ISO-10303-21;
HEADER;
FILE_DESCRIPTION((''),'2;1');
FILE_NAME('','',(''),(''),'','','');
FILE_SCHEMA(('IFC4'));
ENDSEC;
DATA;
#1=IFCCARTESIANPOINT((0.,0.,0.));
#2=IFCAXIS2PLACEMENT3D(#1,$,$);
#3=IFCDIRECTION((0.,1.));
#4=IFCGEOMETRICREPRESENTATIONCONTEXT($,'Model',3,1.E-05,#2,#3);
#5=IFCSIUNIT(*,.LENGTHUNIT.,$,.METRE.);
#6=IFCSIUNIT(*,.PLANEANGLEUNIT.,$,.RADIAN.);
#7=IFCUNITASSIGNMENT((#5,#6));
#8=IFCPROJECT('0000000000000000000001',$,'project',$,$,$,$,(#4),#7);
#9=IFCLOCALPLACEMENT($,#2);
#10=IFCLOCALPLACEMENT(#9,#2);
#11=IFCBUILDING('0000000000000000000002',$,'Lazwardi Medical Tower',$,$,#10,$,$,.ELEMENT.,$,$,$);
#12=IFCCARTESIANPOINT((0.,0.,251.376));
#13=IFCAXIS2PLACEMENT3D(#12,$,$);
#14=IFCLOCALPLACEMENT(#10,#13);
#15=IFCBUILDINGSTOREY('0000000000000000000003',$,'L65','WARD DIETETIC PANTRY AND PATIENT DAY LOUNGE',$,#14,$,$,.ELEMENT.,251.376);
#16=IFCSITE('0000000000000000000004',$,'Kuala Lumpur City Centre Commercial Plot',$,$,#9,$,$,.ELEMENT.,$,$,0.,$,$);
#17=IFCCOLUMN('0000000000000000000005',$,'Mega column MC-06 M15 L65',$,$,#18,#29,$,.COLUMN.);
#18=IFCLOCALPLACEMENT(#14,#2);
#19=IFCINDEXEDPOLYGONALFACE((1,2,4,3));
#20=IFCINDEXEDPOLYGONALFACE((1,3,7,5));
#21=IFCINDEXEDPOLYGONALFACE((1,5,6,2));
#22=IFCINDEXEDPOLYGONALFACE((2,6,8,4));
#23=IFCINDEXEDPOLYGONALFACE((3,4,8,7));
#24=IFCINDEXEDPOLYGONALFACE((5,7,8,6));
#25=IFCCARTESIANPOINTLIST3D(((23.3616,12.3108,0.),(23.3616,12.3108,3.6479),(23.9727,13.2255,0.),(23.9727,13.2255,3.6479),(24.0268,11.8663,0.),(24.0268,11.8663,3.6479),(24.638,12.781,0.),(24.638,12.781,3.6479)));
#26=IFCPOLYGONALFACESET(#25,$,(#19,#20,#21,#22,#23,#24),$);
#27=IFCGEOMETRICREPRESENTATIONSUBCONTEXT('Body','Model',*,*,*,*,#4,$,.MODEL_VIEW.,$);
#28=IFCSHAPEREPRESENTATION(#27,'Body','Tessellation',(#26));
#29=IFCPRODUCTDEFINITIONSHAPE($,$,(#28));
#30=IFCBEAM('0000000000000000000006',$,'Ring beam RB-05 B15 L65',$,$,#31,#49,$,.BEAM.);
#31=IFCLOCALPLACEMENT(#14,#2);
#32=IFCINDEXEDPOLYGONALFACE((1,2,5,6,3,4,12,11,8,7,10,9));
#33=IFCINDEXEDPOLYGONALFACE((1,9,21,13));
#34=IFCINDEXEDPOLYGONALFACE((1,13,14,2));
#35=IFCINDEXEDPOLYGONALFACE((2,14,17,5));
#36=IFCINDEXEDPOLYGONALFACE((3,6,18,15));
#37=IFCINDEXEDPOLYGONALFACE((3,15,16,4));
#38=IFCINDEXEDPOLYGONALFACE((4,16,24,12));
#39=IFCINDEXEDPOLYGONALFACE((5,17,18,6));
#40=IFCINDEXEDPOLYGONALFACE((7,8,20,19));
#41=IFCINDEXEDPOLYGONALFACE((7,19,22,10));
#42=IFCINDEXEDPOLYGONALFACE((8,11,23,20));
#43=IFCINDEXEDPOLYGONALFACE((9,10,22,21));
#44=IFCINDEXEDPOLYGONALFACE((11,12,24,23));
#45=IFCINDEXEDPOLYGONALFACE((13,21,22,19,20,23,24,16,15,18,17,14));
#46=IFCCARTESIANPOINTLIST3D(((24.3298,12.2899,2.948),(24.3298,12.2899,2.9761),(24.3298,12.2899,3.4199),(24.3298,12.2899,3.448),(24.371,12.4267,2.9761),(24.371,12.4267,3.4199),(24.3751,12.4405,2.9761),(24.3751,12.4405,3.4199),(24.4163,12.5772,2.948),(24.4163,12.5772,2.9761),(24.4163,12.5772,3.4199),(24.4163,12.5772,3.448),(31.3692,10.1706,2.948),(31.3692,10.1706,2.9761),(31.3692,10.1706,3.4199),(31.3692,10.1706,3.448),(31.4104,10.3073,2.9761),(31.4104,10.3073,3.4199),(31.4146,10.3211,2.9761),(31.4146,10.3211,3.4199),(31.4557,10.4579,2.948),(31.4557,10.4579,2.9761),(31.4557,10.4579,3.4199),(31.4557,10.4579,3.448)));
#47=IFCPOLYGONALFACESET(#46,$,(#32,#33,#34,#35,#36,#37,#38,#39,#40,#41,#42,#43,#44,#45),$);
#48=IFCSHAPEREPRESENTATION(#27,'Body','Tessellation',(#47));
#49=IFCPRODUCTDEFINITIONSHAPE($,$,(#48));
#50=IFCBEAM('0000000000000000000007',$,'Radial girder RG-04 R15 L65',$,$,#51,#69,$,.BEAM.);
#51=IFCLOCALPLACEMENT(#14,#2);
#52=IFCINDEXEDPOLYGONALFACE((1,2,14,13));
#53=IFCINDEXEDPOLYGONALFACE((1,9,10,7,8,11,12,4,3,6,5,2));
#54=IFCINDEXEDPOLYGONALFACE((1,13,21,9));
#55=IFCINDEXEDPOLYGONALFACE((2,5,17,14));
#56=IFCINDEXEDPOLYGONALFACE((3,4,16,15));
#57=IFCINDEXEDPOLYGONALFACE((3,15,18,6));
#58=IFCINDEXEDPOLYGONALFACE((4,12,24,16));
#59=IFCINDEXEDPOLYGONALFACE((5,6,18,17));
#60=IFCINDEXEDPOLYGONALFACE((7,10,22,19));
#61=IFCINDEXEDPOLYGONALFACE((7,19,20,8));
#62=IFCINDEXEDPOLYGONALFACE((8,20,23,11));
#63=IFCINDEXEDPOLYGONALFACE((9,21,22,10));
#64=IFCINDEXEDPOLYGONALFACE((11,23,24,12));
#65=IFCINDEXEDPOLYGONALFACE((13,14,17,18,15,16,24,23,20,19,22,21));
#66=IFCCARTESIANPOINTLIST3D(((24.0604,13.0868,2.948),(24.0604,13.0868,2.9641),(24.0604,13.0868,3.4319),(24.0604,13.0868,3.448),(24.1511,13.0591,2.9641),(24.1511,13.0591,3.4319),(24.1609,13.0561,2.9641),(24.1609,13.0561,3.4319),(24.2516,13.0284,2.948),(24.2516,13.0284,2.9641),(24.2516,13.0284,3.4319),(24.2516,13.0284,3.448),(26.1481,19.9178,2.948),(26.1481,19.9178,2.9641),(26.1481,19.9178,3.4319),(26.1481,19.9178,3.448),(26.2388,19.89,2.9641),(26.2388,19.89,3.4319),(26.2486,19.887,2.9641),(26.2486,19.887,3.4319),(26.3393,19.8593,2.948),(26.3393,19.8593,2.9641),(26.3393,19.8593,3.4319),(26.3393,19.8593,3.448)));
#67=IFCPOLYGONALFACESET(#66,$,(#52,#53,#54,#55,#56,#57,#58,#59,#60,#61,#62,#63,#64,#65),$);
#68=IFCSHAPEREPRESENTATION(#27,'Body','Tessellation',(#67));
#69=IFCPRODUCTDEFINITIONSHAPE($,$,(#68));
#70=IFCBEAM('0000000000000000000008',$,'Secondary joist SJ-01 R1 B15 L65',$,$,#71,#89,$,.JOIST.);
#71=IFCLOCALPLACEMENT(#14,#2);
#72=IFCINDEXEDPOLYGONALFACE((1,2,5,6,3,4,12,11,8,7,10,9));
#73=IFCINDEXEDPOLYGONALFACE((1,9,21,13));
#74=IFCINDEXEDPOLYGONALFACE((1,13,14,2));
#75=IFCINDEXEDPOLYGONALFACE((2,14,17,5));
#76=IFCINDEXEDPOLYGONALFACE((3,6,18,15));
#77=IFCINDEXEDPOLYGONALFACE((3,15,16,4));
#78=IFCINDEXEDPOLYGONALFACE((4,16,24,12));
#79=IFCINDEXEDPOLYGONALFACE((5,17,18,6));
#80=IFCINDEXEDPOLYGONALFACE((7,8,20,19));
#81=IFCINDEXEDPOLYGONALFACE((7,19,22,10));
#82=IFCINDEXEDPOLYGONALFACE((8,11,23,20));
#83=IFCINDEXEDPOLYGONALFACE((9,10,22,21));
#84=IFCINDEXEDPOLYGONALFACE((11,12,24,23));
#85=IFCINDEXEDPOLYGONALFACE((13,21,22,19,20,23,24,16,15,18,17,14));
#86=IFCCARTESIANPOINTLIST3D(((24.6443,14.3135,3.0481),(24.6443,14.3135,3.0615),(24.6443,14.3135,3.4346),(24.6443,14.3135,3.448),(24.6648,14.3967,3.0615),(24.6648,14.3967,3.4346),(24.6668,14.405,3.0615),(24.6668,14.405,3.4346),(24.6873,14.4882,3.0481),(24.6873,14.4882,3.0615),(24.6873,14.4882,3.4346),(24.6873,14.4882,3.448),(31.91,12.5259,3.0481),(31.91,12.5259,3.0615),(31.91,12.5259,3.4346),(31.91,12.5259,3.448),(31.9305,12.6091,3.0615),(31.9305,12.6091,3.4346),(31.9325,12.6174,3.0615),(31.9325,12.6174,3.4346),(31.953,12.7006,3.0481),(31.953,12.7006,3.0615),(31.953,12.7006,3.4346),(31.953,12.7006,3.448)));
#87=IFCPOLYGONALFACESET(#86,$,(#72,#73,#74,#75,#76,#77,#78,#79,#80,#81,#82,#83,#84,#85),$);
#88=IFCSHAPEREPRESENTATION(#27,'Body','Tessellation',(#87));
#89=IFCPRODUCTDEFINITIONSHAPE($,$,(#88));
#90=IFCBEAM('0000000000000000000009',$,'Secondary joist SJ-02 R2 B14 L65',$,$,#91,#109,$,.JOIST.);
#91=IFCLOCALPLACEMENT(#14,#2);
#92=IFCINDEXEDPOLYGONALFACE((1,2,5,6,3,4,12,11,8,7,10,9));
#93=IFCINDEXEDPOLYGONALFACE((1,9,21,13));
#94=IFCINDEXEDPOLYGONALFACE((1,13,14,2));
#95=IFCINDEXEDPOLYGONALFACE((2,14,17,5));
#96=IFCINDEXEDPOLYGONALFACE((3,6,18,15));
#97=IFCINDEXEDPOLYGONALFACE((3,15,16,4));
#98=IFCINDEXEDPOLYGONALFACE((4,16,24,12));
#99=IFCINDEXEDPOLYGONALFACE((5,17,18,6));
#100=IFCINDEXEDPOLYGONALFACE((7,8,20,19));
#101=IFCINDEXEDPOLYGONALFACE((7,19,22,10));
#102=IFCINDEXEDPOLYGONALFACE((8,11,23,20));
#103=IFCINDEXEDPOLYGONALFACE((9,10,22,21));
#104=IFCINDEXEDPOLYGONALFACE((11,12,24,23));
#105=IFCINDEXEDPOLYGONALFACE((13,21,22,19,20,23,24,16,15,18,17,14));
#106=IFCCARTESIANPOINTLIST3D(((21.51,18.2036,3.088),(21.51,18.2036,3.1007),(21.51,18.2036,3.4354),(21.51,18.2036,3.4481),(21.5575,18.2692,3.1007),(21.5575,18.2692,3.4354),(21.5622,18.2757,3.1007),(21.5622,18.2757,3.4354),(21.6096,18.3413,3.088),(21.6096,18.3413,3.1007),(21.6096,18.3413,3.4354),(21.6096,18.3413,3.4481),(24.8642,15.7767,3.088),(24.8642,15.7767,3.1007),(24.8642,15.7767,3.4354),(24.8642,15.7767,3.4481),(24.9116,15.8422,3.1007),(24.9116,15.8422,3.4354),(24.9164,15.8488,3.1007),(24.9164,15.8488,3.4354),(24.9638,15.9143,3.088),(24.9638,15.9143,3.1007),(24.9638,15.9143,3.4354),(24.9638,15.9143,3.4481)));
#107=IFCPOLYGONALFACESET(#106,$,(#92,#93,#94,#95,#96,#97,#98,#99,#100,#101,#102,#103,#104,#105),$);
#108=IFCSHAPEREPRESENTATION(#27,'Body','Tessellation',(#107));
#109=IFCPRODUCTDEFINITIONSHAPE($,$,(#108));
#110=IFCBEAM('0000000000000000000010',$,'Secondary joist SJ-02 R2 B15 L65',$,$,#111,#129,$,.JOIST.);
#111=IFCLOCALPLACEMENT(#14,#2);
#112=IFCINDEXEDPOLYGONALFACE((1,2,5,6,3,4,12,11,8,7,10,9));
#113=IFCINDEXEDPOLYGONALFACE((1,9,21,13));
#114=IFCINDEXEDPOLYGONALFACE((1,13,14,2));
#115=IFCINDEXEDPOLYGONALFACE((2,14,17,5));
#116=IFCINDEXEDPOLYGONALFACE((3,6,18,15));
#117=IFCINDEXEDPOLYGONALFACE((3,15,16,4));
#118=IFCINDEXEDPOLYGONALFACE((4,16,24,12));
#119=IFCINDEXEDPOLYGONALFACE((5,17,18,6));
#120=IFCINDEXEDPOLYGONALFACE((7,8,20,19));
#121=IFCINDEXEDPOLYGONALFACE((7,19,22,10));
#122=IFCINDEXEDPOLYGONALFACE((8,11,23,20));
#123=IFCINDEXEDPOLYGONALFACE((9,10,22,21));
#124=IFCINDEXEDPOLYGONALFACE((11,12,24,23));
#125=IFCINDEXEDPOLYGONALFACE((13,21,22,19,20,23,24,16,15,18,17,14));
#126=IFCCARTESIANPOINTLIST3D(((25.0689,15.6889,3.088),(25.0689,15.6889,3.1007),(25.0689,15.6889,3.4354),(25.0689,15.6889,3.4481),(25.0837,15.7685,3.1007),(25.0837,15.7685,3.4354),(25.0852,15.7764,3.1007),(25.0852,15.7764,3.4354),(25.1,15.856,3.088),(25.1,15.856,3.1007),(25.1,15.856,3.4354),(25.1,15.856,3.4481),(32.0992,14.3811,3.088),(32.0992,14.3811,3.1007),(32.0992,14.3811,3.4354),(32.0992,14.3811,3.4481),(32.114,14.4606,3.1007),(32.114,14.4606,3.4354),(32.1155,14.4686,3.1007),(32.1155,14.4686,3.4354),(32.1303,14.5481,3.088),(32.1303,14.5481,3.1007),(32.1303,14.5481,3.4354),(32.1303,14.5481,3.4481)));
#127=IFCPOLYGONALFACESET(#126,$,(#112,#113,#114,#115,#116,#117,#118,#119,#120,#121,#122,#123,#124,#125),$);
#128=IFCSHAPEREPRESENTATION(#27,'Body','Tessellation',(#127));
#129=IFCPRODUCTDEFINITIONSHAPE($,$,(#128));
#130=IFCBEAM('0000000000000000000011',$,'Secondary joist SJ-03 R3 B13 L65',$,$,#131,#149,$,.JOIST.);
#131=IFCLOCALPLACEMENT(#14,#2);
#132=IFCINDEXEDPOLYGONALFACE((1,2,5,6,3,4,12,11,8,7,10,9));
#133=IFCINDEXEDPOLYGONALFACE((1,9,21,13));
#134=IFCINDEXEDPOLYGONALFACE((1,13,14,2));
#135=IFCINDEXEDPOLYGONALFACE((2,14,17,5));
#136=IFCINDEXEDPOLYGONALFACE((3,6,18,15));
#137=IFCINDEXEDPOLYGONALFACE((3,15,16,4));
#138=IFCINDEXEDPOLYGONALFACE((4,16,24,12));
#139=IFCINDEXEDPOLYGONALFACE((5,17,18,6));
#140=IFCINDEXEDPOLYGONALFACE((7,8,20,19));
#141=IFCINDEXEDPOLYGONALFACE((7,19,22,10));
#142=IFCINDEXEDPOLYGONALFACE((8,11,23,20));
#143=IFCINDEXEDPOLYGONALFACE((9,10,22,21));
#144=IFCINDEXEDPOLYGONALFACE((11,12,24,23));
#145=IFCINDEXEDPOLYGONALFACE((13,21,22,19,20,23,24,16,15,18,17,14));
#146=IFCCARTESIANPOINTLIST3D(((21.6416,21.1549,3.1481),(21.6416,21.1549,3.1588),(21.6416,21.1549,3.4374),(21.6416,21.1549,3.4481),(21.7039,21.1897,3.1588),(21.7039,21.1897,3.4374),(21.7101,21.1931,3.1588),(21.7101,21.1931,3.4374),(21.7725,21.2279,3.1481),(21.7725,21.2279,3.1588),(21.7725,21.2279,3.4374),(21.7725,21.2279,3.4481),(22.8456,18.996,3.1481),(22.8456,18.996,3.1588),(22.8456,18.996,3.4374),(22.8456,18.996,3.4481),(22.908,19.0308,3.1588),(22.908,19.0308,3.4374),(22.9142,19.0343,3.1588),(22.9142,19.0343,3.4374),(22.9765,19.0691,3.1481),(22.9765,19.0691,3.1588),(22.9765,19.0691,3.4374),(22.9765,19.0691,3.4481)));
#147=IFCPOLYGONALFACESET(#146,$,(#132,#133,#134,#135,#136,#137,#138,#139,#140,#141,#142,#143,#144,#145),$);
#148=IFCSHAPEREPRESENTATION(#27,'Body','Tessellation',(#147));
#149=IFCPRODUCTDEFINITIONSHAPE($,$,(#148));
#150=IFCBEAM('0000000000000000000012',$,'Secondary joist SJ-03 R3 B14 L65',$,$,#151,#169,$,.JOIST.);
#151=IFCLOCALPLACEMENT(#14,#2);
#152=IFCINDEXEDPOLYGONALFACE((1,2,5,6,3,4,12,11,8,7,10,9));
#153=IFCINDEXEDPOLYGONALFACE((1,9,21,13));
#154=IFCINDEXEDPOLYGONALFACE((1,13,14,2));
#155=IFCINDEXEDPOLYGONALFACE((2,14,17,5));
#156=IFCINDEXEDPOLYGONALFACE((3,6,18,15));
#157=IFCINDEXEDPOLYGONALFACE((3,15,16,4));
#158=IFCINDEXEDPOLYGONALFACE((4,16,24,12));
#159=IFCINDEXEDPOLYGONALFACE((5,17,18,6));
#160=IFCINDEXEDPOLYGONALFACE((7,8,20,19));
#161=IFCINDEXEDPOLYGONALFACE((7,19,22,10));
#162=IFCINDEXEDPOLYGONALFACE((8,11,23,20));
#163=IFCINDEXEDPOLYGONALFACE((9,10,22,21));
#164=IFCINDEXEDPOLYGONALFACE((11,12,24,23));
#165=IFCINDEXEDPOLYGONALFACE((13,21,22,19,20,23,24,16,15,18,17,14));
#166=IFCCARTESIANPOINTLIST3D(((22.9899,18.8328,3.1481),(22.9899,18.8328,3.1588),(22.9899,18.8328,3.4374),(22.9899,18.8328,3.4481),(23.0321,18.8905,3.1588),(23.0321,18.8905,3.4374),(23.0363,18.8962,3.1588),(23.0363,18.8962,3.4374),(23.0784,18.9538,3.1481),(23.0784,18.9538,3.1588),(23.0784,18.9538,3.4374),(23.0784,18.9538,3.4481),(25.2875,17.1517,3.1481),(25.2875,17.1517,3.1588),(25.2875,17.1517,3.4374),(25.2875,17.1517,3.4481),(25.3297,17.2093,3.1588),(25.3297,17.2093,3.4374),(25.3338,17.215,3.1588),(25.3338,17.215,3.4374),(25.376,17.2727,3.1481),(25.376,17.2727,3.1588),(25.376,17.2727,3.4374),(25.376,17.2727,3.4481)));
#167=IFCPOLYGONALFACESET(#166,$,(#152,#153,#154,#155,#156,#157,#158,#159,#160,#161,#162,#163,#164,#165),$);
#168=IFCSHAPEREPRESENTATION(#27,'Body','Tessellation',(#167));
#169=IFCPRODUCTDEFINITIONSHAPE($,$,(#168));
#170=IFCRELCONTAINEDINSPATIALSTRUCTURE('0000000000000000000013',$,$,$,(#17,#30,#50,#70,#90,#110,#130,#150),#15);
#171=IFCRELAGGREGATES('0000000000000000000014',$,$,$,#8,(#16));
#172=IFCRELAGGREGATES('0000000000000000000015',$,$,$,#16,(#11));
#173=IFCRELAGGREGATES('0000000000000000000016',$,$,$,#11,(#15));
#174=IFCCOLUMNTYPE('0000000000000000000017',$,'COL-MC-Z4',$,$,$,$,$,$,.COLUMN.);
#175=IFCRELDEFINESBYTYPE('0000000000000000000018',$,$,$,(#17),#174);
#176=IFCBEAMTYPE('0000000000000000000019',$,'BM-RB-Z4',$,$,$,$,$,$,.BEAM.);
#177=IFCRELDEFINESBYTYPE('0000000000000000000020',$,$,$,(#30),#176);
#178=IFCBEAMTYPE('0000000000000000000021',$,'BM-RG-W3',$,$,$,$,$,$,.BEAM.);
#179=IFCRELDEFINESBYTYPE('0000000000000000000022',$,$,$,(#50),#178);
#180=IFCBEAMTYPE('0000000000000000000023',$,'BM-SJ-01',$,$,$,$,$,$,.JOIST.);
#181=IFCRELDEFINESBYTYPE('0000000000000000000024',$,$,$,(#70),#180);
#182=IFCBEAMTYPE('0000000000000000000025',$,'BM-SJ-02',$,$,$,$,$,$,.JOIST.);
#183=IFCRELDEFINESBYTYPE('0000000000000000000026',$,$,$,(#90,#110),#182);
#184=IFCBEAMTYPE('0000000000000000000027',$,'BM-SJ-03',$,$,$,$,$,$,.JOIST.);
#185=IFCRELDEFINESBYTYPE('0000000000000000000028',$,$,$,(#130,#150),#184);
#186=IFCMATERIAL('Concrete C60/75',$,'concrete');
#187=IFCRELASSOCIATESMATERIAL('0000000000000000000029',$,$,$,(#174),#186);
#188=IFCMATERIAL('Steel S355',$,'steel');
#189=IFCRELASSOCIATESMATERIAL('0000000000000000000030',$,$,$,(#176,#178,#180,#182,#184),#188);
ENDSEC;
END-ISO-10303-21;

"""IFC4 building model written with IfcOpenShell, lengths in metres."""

from ifc_helpers import new_model, si_unit, direction, frame, origin, origin_2d, place, context, subcontext, project, spatial, rectangle, i_section, extrude, material, material_profile, profile_set, type_object, element, save


model = new_model("IFC4")

# Units and contexts
model_context = context("Model", 3, precision=1e-05, world=origin(), true_north=direction((0.0, 1.0)))
body_context = subcontext(model_context, "Body", "Model", "MODEL_VIEW")
ifc_project = project(units=[si_unit("LENGTHUNIT", "METRE"), si_unit("PLANEANGLEUNIT", "RADIAN")], contexts=[model_context])

# Site, building, storey
site_placement = place(None, origin())
site = spatial("IfcSite", under=ifc_project, at=site_placement, Name="Kuala Lumpur City Centre Commercial Plot", CompositionType="ELEMENT", RefElevation=0.0)
building_placement = place(site_placement, origin())
building = spatial("IfcBuilding", under=site, at=building_placement, Name="Lazwardi Medical Tower", CompositionType="ELEMENT")
storey_placement = place(building_placement, frame((0.0, 0.0, 251.376)))
storey = spatial("IfcBuildingStorey", under=building, at=storey_placement, Name="L65", Description="WARD DIETETIC PANTRY AND PATIENT DAY LOUNGE", CompositionType="ELEMENT", Elevation=251.376)

# Column
ifc_material_1 = material(Name="Concrete C60/75", Category="concrete")
ifc_material_profile_1 = material_profile(ifc_material_1, rectangle(XDim=1.1001, YDim=0.8, at=origin_2d()), Name="CFT-RECT 1100x800")
ifc_profile_set_1 = profile_set([ifc_material_profile_1], Name="Concrete C60/75")
column_type = type_object("IfcColumnType", Name="COL-MC-Z4", PredefinedType="COLUMN", material=ifc_profile_set_1)
column_placement = place(storey_placement, frame((23.9998, 12.5459, 0.0), z_axis=(0.0, 0.0, 1.0), x_axis=(-0.55557, -0.83147, 0.0)))
element("IfcColumn", 1, at=column_placement, inside=storey, type_object=column_type, Name="Mega column MC-06 M15 L65", PredefinedType="COLUMN", context=body_context, shape_type="SweptSolid", body=[
    extrude(rectangle(XDim=1.1001, YDim=0.8, at=origin_2d()), origin(), (0.0, 0.0, 1.0), 3.6479),
])

# Beams
ifc_material_2 = material(Name="Steel S355", Category="steel")
ifc_material_profile_2 = material_profile(ifc_material_2, i_section(OverallWidth=0.3, OverallDepth=0.5, WebThickness=0.0144, FlangeThickness=0.0281, at=origin_2d()), Name="HEB 500")
ifc_profile_set_2 = profile_set([ifc_material_profile_2], Name="Steel S355")
beam_type_1 = type_object("IfcBeamType", Name="BM-RB-Z4", PredefinedType="BEAM", material=ifc_profile_set_2)
beam_1_placement = place(storey_placement, frame((24.373, 12.4336, 3.198), z_axis=(0.957544, -0.288286, 0.0), x_axis=(0.288286, 0.957544, 0.0)))
element("IfcBeam", 2, at=beam_1_placement, inside=storey, type_object=beam_type_1, Name="Ring beam RB-05 B15 L65", PredefinedType="BEAM", context=body_context, shape_type="SweptSolid", body=[
    extrude(i_section(OverallWidth=0.3, OverallDepth=0.5, WebThickness=0.0144, FlangeThickness=0.0281, at=origin_2d()), origin(), (0.0, 0.0, 1.0), 7.3516),
])
ifc_material_profile_3 = material_profile(ifc_material_2, i_section(OverallWidth=0.2, OverallDepth=0.5, WebThickness=0.0103, FlangeThickness=0.0161, at=origin_2d()), Name="IPE 500")
ifc_profile_set_3 = profile_set([ifc_material_profile_3], Name="Steel S355")
beam_type_2 = type_object("IfcBeamType", Name="BM-RG-W3", PredefinedType="BEAM", material=ifc_profile_set_3)
beam_2_placement = place(storey_placement, frame((24.156, 13.0576, 3.198), z_axis=(0.292277, 0.956334, 0.0), x_axis=(-0.956334, 0.292277, 0.0)))
element("IfcBeam", 3, at=beam_2_placement, inside=storey, type_object=beam_type_2, Name="Radial girder RG-04 R15 L65", PredefinedType="BEAM", context=body_context, shape_type="SweptSolid", body=[
    extrude(i_section(OverallWidth=0.2, OverallDepth=0.5, WebThickness=0.0103, FlangeThickness=0.0161, at=origin_2d()), origin(), (0.0, 0.0, 1.0), 7.1428),
])
ifc_material_profile_4 = material_profile(ifc_material_2, i_section(OverallWidth=0.1799, OverallDepth=0.3999, WebThickness=0.0085, FlangeThickness=0.0134, at=origin_2d()), Name="IPE 400")
ifc_profile_set_4 = profile_set([ifc_material_profile_4], Name="Steel S355")
beam_type_3 = type_object("IfcBeamType", Name="BM-SJ-01", PredefinedType="JOIST", material=ifc_profile_set_4)
beam_3_placement = place(storey_placement, frame((24.6658, 14.4009, 3.248), z_axis=(0.971042, -0.23891, 0.0), x_axis=(0.23891, 0.971042, 0.0)))
element("IfcBeam", 4, at=beam_3_placement, inside=storey, type_object=beam_type_3, Name="Secondary joist SJ-01 R1 B15 L65", PredefinedType="JOIST", context=body_context, shape_type="SweptSolid", body=[
    extrude(i_section(OverallWidth=0.1799, OverallDepth=0.3999, WebThickness=0.0085, FlangeThickness=0.0134, at=origin_2d()), origin(), (0.0, 0.0, 1.0), 7.4824),
])
ifc_material_profile_5 = material_profile(ifc_material_2, i_section(OverallWidth=0.1699, OverallDepth=0.3601, WebThickness=0.0081, FlangeThickness=0.0127, at=origin_2d()), Name="IPE 360")
ifc_profile_set_5 = profile_set([ifc_material_profile_5], Name="Steel S355")
beam_type_4 = type_object("IfcBeamType", Name="BM-SJ-02", PredefinedType="JOIST", material=ifc_profile_set_5)
beam_4_placement = place(storey_placement, frame((21.5598, 18.2725, 3.2681), z_axis=(0.810164, -0.586203, 0.0), x_axis=(0.586203, 0.810164, 0.0)))
element("IfcBeam", 5, at=beam_4_placement, inside=storey, type_object=beam_type_4, Name="Secondary joist SJ-02 R2 B14 L65", PredefinedType="JOIST", context=body_context, shape_type="SweptSolid", body=[
    extrude(i_section(OverallWidth=0.1699, OverallDepth=0.3601, WebThickness=0.0081, FlangeThickness=0.0127, at=origin_2d()), origin(), (0.0, 0.0, 1.0), 4.1401),
])
beam_5_placement = place(storey_placement, frame((25.0845, 15.7725, 3.2681), z_axis=(0.983132, -0.182895, 0.0), x_axis=(0.182895, 0.983132, 0.0)))
element("IfcBeam", 6, at=beam_5_placement, inside=storey, type_object=beam_type_4, Name="Secondary joist SJ-02 R2 B15 L65", PredefinedType="JOIST", context=body_context, shape_type="SweptSolid", body=[
    extrude(i_section(OverallWidth=0.1699, OverallDepth=0.3601, WebThickness=0.0081, FlangeThickness=0.0127, at=origin_2d()), origin(), (0.0, 0.0, 1.0), 7.1509),
])
ifc_material_profile_6 = material_profile(ifc_material_2, i_section(OverallWidth=0.1499, OverallDepth=0.3, WebThickness=0.0071, FlangeThickness=0.0107, at=origin_2d()), Name="IPE 300")
ifc_profile_set_6 = profile_set([ifc_material_profile_6], Name="Steel S355")
beam_type_5 = type_object("IfcBeamType", Name="BM-SJ-03", PredefinedType="JOIST", material=ifc_profile_set_6)
beam_6_placement = place(storey_placement, frame((21.707, 21.1914, 3.2981), z_axis=(0.487093, -0.87335, 0.0), x_axis=(0.87335, 0.487093, 0.0)))
element("IfcBeam", 7, at=beam_6_placement, inside=storey, type_object=beam_type_5, Name="Secondary joist SJ-03 R3 B13 L65", PredefinedType="JOIST", context=body_context, shape_type="SweptSolid", body=[
    extrude(i_section(OverallWidth=0.1499, OverallDepth=0.3, WebThickness=0.0071, FlangeThickness=0.0107, at=origin_2d()), origin(), (0.0, 0.0, 1.0), 2.4719),
])
beam_7_placement = place(storey_placement, frame((23.0342, 18.8933, 3.2981), z_axis=(0.807034, -0.590505, 0.0), x_axis=(0.590505, 0.807034, 0.0)))
element("IfcBeam", 8, at=beam_7_placement, inside=storey, type_object=beam_type_5, Name="Secondary joist SJ-03 R3 B14 L65", PredefinedType="JOIST", context=body_context, shape_type="SweptSolid", body=[
    extrude(i_section(OverallWidth=0.1499, OverallDepth=0.3, WebThickness=0.0071, FlangeThickness=0.0107, at=origin_2d()), origin(), (0.0, 0.0, 1.0), 2.8469),
])

save(model, "model.ifc")
